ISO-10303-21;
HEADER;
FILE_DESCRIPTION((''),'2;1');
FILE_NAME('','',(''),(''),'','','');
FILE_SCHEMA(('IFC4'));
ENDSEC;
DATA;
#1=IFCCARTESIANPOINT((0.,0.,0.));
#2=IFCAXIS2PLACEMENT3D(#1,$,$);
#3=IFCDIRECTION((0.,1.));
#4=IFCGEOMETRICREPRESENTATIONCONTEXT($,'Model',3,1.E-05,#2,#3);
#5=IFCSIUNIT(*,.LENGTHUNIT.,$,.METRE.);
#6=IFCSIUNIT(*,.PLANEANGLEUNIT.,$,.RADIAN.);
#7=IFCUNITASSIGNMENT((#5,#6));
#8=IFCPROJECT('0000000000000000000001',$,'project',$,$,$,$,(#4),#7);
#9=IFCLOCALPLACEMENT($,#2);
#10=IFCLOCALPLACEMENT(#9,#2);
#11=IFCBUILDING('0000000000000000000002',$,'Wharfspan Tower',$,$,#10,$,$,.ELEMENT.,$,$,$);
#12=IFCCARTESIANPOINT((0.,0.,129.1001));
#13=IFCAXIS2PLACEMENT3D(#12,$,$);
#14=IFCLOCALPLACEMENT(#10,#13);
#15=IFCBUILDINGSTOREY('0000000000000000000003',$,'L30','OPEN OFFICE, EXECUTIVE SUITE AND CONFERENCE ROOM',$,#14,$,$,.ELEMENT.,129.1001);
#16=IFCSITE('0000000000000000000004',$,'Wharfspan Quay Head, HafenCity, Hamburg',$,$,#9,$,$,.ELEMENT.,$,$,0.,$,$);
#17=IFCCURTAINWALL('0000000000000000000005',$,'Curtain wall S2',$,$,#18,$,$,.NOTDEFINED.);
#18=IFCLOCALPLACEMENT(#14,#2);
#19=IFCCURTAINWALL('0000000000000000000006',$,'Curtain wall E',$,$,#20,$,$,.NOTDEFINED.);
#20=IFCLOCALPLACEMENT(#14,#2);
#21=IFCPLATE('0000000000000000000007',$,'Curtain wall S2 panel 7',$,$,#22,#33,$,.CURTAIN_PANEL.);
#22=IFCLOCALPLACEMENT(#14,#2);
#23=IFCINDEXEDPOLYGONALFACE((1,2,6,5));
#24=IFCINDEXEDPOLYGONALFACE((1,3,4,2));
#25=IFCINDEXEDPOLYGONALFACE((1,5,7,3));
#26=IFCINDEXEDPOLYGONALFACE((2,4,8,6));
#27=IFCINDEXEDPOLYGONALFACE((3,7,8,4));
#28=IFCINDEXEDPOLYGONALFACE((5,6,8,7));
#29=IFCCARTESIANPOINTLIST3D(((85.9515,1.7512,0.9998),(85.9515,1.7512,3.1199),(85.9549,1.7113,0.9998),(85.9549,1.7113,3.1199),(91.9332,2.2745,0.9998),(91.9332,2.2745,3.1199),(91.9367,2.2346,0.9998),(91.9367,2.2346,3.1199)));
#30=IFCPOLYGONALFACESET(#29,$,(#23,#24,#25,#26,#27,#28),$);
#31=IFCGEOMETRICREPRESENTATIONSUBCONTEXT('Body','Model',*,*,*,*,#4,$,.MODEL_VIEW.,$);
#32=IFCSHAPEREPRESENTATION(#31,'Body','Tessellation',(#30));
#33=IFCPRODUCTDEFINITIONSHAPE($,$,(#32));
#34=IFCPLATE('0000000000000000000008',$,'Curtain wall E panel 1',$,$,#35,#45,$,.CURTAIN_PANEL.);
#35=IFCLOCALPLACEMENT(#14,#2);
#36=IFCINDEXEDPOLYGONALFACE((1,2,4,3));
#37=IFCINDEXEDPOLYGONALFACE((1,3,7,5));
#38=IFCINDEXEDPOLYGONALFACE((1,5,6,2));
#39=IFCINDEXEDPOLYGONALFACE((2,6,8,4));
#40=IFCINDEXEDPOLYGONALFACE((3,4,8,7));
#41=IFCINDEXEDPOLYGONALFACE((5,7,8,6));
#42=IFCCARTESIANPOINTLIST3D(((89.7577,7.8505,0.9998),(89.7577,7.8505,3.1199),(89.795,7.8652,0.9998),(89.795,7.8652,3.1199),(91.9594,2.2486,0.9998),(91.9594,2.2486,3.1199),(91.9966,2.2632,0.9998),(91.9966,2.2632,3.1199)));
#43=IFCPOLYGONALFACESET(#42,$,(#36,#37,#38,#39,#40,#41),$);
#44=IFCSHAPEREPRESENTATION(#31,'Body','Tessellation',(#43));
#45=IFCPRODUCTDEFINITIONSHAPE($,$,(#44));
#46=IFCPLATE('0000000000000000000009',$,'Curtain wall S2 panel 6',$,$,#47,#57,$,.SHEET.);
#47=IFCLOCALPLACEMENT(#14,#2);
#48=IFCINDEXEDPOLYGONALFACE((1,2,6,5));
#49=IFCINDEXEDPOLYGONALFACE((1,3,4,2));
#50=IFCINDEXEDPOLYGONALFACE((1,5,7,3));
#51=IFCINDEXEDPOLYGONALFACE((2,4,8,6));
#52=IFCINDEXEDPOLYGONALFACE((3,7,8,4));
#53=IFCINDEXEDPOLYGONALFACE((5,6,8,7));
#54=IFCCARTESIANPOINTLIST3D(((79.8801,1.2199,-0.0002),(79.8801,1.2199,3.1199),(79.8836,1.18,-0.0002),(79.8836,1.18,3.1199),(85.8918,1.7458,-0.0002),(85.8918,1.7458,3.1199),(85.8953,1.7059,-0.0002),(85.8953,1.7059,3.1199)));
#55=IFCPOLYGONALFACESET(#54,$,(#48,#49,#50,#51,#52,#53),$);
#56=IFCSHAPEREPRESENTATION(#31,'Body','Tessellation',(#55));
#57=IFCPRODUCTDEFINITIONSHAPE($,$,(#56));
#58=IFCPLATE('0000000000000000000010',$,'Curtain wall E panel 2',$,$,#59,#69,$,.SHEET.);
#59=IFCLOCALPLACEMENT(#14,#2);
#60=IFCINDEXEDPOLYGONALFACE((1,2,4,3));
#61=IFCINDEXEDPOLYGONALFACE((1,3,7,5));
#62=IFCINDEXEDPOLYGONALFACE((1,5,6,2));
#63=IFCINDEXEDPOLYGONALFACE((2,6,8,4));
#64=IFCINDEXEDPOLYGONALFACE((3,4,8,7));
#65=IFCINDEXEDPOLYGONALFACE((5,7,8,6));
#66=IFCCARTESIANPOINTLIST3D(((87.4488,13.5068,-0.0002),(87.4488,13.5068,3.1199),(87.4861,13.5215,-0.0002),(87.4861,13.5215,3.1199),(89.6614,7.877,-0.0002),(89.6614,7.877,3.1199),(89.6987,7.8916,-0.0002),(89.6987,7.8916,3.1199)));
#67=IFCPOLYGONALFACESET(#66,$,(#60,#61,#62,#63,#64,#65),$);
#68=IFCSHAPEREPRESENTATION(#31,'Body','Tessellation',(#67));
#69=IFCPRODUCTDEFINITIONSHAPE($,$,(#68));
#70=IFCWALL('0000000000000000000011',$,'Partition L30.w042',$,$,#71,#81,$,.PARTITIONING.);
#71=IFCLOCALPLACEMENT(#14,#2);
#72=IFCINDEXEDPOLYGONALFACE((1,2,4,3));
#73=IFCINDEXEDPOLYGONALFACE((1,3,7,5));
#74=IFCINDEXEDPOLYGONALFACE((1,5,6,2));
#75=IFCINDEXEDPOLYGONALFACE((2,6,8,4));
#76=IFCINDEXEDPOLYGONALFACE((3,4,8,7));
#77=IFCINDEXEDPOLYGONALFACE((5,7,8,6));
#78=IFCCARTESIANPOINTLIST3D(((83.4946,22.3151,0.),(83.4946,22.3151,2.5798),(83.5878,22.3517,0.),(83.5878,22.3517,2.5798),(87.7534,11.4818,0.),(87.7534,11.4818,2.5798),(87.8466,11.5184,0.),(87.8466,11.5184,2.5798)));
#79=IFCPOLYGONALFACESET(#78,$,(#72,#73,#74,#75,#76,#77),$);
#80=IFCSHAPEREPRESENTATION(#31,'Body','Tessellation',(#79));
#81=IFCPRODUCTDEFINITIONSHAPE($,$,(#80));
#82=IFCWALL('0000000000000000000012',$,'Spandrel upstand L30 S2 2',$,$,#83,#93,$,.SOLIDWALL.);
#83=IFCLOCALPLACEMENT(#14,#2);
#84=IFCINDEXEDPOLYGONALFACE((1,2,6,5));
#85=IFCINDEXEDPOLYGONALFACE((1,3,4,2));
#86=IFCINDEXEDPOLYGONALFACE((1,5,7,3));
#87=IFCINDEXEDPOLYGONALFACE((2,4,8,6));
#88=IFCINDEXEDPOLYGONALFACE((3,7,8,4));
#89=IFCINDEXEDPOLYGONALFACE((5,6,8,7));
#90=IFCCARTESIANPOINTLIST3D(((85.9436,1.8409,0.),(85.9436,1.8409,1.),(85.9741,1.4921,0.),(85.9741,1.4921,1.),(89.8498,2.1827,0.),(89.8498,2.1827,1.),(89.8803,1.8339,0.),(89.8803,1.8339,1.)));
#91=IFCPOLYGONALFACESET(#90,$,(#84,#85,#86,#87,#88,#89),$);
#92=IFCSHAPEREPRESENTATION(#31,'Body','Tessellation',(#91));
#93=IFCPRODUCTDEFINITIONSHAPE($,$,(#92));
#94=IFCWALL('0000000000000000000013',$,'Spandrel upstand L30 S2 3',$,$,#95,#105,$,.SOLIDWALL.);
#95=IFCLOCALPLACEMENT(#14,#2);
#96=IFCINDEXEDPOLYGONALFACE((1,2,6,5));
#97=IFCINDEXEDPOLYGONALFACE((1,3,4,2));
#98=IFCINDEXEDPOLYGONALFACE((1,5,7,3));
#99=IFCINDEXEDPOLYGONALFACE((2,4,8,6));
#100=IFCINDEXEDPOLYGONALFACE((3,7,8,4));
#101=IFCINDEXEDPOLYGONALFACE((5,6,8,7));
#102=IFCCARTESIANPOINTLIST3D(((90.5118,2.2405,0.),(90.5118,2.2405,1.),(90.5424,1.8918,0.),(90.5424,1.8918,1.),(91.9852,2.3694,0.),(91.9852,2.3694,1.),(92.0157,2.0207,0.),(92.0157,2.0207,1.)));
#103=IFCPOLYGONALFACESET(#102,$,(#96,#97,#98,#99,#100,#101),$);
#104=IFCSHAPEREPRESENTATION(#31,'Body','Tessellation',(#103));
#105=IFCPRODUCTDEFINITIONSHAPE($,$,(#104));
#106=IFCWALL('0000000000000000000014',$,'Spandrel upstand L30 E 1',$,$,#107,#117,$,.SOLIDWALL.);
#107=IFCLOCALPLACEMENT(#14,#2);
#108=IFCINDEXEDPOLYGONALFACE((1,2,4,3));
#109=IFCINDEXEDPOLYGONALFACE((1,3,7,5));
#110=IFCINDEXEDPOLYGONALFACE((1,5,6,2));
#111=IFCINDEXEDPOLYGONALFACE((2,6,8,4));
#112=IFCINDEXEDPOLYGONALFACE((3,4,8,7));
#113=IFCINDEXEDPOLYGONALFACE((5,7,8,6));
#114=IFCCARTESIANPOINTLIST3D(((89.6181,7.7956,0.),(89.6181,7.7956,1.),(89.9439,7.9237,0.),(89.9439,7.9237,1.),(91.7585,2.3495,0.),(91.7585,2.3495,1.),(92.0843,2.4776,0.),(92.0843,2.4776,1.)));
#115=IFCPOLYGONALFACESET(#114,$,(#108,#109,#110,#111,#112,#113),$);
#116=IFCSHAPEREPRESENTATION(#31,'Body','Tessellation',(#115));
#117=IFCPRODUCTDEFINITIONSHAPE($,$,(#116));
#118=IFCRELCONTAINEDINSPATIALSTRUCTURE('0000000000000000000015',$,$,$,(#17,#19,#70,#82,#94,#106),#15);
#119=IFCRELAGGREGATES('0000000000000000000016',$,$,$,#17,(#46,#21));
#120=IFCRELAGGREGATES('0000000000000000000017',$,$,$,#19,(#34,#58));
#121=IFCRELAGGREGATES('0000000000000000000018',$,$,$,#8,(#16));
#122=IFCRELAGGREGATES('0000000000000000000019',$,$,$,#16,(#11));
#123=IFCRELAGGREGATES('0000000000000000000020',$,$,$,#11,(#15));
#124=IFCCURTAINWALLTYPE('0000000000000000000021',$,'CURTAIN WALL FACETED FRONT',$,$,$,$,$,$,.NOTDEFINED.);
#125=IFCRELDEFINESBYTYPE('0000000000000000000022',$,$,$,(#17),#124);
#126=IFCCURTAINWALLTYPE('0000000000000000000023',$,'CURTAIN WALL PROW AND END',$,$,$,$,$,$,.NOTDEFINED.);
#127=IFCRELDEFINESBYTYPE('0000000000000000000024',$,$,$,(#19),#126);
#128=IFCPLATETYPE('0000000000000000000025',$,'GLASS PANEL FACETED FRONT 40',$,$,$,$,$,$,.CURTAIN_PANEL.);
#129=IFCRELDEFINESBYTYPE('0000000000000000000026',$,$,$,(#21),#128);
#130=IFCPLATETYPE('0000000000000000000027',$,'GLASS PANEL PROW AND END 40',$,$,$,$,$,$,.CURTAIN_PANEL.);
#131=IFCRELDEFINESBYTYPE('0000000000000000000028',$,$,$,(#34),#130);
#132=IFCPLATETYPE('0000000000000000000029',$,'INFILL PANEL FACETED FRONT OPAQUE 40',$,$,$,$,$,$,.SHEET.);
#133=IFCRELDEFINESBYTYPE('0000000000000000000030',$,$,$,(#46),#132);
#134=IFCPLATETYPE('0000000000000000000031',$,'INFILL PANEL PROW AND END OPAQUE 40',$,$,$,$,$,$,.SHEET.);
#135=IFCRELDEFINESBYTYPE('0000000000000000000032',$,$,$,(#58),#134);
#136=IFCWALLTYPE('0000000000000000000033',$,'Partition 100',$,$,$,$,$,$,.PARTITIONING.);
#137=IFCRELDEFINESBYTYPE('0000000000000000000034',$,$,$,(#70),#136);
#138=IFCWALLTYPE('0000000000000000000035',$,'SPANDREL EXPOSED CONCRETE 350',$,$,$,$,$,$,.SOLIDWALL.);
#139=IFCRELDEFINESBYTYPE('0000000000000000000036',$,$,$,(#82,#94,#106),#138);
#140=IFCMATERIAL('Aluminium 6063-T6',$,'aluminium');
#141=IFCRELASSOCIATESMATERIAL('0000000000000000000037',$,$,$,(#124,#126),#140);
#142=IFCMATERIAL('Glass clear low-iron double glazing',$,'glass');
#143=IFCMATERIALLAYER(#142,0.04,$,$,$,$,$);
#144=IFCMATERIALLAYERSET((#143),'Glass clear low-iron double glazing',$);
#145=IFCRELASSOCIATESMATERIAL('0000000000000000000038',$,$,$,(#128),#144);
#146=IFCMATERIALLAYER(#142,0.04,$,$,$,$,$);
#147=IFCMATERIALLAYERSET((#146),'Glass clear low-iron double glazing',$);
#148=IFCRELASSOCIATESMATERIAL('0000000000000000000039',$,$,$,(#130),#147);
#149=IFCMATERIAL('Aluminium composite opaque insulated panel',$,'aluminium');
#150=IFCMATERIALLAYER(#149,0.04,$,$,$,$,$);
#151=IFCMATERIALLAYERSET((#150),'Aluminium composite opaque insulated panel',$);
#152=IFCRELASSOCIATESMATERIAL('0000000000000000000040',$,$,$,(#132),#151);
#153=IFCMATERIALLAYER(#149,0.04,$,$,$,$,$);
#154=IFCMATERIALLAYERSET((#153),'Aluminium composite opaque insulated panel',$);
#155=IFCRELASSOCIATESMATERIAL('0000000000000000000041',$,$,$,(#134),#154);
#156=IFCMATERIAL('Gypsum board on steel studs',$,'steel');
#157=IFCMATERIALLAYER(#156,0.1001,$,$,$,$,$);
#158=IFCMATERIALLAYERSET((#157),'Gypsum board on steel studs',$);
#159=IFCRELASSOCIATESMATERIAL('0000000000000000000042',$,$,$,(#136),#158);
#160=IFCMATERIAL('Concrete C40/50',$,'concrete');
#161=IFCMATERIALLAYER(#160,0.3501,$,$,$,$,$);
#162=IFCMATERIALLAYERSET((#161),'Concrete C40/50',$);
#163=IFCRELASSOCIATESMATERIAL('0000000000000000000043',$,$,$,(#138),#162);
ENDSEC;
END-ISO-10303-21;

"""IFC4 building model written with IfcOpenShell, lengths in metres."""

from ifc_helpers import new_model, si_unit, direction, frame, frame_2d, origin, origin_2d, place, context, subcontext, project, spatial, rectangle, extrude, material, layer, layer_set, type_object, element, aggregate, save


model = new_model("IFC4")

# Units and contexts
model_context = context("Model", 3, precision=1e-05, world=origin(), true_north=direction((0.0, 1.0)))
body_context = subcontext(model_context, "Body", "Model", "MODEL_VIEW")
ifc_project = project(units=[si_unit("LENGTHUNIT", "METRE"), si_unit("PLANEANGLEUNIT", "RADIAN")], contexts=[model_context])

# Site, building, storey
site_placement = place(None, origin())
site = spatial("IfcSite", under=ifc_project, at=site_placement, Name="Wharfspan Quay Head, HafenCity, Hamburg", CompositionType="ELEMENT", RefElevation=0.0)
building_placement = place(site_placement, origin())
building = spatial("IfcBuilding", under=site, at=building_placement, Name="Wharfspan Tower", CompositionType="ELEMENT")
storey_placement = place(building_placement, frame((0.0, 0.0, 129.1001)))
storey = spatial("IfcBuildingStorey", under=building, at=storey_placement, Name="L30", Description="OPEN OFFICE, EXECUTIVE SUITE AND CONFERENCE ROOM", CompositionType="ELEMENT", Elevation=129.1001)

# Curtain walls
ifc_material_1 = material(Name="Aluminium 6063-T6", Category="aluminium")
curtain_wall_type_1 = type_object("IfcCurtainWallType", Name="CURTAIN WALL FACETED FRONT", PredefinedType="NOTDEFINED", material=ifc_material_1)
curtain_wall_1_placement = place(storey_placement, origin())
curtain_wall_1 = element("IfcCurtainWall", 1, at=curtain_wall_1_placement, inside=storey, type_object=curtain_wall_type_1, Name="Curtain wall S2", PredefinedType="NOTDEFINED")
curtain_wall_type_2 = type_object("IfcCurtainWallType", Name="CURTAIN WALL PROW AND END", PredefinedType="NOTDEFINED", material=ifc_material_1)
curtain_wall_2_placement = place(storey_placement, origin())
curtain_wall_2 = element("IfcCurtainWall", 2, at=curtain_wall_2_placement, inside=storey, type_object=curtain_wall_type_2, Name="Curtain wall E", PredefinedType="NOTDEFINED")

# Plates
ifc_material_2 = material(Name="Glass clear low-iron double glazing", Category="glass")
ifc_layer_1 = layer(ifc_material_2, 0.04)
ifc_layer_set_1 = layer_set([ifc_layer_1], Name="Glass clear low-iron double glazing")
plate_type_1 = type_object("IfcPlateType", Name="GLASS PANEL FACETED FRONT 40", PredefinedType="CURTAIN_PANEL", material=ifc_layer_set_1)
plate_1_placement = place(storey_placement, frame((88.9441, 1.9929, 0.9998), z_axis=(0.0, 0.0, 1.0), x_axis=(0.996198, 0.087156, 0.0)))
plate_1 = element("IfcPlate", 3, at=plate_1_placement, type_object=plate_type_1, Name="Curtain wall S2 panel 7", PredefinedType="CURTAIN_PANEL", context=body_context, shape_type="SweptSolid", body=[
    extrude(rectangle(XDim=6.0046, YDim=0.04, at=origin_2d()), origin(), (0.0, 0.0, 1.0), 2.1201),
])
ifc_layer_2 = layer(ifc_material_2, 0.04)
ifc_layer_set_2 = layer_set([ifc_layer_2], Name="Glass clear low-iron double glazing")
plate_type_2 = type_object("IfcPlateType", Name="GLASS PANEL PROW AND END 40", PredefinedType="CURTAIN_PANEL", material=ifc_layer_set_2)
plate_2_placement = place(storey_placement, frame((90.8772, 5.0569, 0.9998), z_axis=(0.0, 0.0, 1.0), x_axis=(-0.365778, 0.930702, 0.0)))
plate_2 = element("IfcPlate", 4, at=plate_2_placement, type_object=plate_type_2, Name="Curtain wall E panel 1", PredefinedType="CURTAIN_PANEL", context=body_context, shape_type="SweptSolid", body=[
    extrude(rectangle(XDim=6.019, YDim=0.04, at=origin_2d()), origin(), (0.0, 0.0, 1.0), 2.1201),
])
ifc_material_3 = material(Name="Aluminium composite opaque insulated panel", Category="aluminium")
ifc_layer_3 = layer(ifc_material_3, 0.04)
ifc_layer_set_3 = layer_set([ifc_layer_3], Name="Aluminium composite opaque insulated panel")
plate_type_3 = type_object("IfcPlateType", Name="INFILL PANEL FACETED FRONT OPAQUE 40", PredefinedType="SHEET", material=ifc_layer_set_3)
plate_3_placement = place(storey_placement, frame((82.8877, 1.4629, -0.0002), z_axis=(0.0, 0.0, 1.0), x_axis=(0.996198, 0.087156, 0.0)))
plate_3 = element("IfcPlate", 5, at=plate_3_placement, type_object=plate_type_3, Name="Curtain wall S2 panel 6", PredefinedType="SHEET", context=body_context, shape_type="SweptSolid", body=[
    extrude(rectangle(XDim=6.0347, YDim=0.04, at=origin_2d()), origin(), (0.0, 0.0, 1.0), 3.1201),
])
aggregate(curtain_wall_1, [plate_3, plate_1])
ifc_layer_4 = layer(ifc_material_3, 0.04)
ifc_layer_set_4 = layer_set([ifc_layer_4], Name="Aluminium composite opaque insulated panel")
plate_type_4 = type_object("IfcPlateType", Name="INFILL PANEL PROW AND END OPAQUE 40", PredefinedType="SHEET", material=ifc_layer_set_4)
plate_4_placement = place(storey_placement, frame((88.5737, 10.6992, -0.0002), z_axis=(0.0, 0.0, 1.0), x_axis=(-0.365778, 0.930702, 0.0)))
plate_4 = element("IfcPlate", 6, at=plate_4_placement, type_object=plate_type_4, Name="Curtain wall E panel 2", PredefinedType="SHEET", context=body_context, shape_type="SweptSolid", body=[
    extrude(rectangle(XDim=6.0491, YDim=0.04, at=origin_2d()), origin(), (0.0, 0.0, 1.0), 3.1201),
])
aggregate(curtain_wall_2, [plate_2, plate_4])

# Walls
ifc_material_4 = material(Name="Gypsum board on steel studs", Category="steel")
ifc_layer_5 = layer(ifc_material_4, 0.1001)
ifc_layer_set_5 = layer_set([ifc_layer_5], Name="Gypsum board on steel studs")
wall_type_1 = type_object("IfcWallType", Name="Partition 100", PredefinedType="PARTITIONING", material=ifc_layer_set_5)
wall_1_placement = place(storey_placement, frame((87.8, 11.5, 0.0), z_axis=(0.0, 0.0, 1.0), x_axis=(-0.365866, 0.930668, 0.0)))
element("IfcWall", 7, at=wall_1_placement, inside=storey, type_object=wall_type_1, Name="Partition L30.w042", PredefinedType="PARTITIONING", context=body_context, shape_type="SweptSolid", body=[
    extrude(rectangle(XDim=11.6404, YDim=0.1001, at=frame_2d((5.8203, 0.0))), origin(), (0.0, 0.0, 1.0), 2.5798),
])
ifc_material_5 = material(Name="Concrete C40/50", Category="concrete")
ifc_layer_6 = layer(ifc_material_5, 0.3501)
ifc_layer_set_6 = layer_set([ifc_layer_6], Name="Concrete C40/50")
wall_type_2 = type_object("IfcWallType", Name="SPANDREL EXPOSED CONCRETE 350", PredefinedType="SOLIDWALL", material=ifc_layer_set_6)
wall_2_placement = place(storey_placement, frame((85.959, 1.6665, 0.0), z_axis=(0.0, 0.0, 1.0), x_axis=(0.996194, 0.087167, 0.0)))
element("IfcWall", 8, at=wall_2_placement, inside=storey, type_object=wall_type_2, Name="Spandrel upstand L30 S2 2", PredefinedType="SOLIDWALL", context=body_context, shape_type="SweptSolid", body=[
    extrude(rectangle(XDim=3.9211, YDim=0.3501, at=frame_2d((1.9604, 0.0))), origin(), (0.0, 0.0, 1.0), 1.0),
])
wall_3_placement = place(storey_placement, frame((90.5271, 2.0662, 0.0), z_axis=(0.0, 0.0, 1.0), x_axis=(0.996198, 0.087157, 0.0)))
element("IfcWall", 9, at=wall_3_placement, inside=storey, type_object=wall_type_2, Name="Spandrel upstand L30 S2 3", PredefinedType="SOLIDWALL", context=body_context, shape_type="SweptSolid", body=[
    extrude(rectangle(XDim=1.479, YDim=0.3501, at=frame_2d((0.7395, 0.0))), origin(), (0.0, 0.0, 1.0), 1.0),
])
wall_4_placement = place(storey_placement, frame((91.9214, 2.4136, 0.0), z_axis=(0.0, 0.0, 1.0), x_axis=(-0.36578, 0.930701, 0.0)))
element("IfcWall", 10, at=wall_4_placement, inside=storey, type_object=wall_type_2, Name="Spandrel upstand L30 E 1", PredefinedType="SOLIDWALL", context=body_context, shape_type="SweptSolid", body=[
    extrude(rectangle(XDim=5.8516, YDim=0.3501, at=frame_2d((2.9258, 0.0))), origin(), (0.0, 0.0, 1.0), 1.0),
])

save(model, "model.ifc")
